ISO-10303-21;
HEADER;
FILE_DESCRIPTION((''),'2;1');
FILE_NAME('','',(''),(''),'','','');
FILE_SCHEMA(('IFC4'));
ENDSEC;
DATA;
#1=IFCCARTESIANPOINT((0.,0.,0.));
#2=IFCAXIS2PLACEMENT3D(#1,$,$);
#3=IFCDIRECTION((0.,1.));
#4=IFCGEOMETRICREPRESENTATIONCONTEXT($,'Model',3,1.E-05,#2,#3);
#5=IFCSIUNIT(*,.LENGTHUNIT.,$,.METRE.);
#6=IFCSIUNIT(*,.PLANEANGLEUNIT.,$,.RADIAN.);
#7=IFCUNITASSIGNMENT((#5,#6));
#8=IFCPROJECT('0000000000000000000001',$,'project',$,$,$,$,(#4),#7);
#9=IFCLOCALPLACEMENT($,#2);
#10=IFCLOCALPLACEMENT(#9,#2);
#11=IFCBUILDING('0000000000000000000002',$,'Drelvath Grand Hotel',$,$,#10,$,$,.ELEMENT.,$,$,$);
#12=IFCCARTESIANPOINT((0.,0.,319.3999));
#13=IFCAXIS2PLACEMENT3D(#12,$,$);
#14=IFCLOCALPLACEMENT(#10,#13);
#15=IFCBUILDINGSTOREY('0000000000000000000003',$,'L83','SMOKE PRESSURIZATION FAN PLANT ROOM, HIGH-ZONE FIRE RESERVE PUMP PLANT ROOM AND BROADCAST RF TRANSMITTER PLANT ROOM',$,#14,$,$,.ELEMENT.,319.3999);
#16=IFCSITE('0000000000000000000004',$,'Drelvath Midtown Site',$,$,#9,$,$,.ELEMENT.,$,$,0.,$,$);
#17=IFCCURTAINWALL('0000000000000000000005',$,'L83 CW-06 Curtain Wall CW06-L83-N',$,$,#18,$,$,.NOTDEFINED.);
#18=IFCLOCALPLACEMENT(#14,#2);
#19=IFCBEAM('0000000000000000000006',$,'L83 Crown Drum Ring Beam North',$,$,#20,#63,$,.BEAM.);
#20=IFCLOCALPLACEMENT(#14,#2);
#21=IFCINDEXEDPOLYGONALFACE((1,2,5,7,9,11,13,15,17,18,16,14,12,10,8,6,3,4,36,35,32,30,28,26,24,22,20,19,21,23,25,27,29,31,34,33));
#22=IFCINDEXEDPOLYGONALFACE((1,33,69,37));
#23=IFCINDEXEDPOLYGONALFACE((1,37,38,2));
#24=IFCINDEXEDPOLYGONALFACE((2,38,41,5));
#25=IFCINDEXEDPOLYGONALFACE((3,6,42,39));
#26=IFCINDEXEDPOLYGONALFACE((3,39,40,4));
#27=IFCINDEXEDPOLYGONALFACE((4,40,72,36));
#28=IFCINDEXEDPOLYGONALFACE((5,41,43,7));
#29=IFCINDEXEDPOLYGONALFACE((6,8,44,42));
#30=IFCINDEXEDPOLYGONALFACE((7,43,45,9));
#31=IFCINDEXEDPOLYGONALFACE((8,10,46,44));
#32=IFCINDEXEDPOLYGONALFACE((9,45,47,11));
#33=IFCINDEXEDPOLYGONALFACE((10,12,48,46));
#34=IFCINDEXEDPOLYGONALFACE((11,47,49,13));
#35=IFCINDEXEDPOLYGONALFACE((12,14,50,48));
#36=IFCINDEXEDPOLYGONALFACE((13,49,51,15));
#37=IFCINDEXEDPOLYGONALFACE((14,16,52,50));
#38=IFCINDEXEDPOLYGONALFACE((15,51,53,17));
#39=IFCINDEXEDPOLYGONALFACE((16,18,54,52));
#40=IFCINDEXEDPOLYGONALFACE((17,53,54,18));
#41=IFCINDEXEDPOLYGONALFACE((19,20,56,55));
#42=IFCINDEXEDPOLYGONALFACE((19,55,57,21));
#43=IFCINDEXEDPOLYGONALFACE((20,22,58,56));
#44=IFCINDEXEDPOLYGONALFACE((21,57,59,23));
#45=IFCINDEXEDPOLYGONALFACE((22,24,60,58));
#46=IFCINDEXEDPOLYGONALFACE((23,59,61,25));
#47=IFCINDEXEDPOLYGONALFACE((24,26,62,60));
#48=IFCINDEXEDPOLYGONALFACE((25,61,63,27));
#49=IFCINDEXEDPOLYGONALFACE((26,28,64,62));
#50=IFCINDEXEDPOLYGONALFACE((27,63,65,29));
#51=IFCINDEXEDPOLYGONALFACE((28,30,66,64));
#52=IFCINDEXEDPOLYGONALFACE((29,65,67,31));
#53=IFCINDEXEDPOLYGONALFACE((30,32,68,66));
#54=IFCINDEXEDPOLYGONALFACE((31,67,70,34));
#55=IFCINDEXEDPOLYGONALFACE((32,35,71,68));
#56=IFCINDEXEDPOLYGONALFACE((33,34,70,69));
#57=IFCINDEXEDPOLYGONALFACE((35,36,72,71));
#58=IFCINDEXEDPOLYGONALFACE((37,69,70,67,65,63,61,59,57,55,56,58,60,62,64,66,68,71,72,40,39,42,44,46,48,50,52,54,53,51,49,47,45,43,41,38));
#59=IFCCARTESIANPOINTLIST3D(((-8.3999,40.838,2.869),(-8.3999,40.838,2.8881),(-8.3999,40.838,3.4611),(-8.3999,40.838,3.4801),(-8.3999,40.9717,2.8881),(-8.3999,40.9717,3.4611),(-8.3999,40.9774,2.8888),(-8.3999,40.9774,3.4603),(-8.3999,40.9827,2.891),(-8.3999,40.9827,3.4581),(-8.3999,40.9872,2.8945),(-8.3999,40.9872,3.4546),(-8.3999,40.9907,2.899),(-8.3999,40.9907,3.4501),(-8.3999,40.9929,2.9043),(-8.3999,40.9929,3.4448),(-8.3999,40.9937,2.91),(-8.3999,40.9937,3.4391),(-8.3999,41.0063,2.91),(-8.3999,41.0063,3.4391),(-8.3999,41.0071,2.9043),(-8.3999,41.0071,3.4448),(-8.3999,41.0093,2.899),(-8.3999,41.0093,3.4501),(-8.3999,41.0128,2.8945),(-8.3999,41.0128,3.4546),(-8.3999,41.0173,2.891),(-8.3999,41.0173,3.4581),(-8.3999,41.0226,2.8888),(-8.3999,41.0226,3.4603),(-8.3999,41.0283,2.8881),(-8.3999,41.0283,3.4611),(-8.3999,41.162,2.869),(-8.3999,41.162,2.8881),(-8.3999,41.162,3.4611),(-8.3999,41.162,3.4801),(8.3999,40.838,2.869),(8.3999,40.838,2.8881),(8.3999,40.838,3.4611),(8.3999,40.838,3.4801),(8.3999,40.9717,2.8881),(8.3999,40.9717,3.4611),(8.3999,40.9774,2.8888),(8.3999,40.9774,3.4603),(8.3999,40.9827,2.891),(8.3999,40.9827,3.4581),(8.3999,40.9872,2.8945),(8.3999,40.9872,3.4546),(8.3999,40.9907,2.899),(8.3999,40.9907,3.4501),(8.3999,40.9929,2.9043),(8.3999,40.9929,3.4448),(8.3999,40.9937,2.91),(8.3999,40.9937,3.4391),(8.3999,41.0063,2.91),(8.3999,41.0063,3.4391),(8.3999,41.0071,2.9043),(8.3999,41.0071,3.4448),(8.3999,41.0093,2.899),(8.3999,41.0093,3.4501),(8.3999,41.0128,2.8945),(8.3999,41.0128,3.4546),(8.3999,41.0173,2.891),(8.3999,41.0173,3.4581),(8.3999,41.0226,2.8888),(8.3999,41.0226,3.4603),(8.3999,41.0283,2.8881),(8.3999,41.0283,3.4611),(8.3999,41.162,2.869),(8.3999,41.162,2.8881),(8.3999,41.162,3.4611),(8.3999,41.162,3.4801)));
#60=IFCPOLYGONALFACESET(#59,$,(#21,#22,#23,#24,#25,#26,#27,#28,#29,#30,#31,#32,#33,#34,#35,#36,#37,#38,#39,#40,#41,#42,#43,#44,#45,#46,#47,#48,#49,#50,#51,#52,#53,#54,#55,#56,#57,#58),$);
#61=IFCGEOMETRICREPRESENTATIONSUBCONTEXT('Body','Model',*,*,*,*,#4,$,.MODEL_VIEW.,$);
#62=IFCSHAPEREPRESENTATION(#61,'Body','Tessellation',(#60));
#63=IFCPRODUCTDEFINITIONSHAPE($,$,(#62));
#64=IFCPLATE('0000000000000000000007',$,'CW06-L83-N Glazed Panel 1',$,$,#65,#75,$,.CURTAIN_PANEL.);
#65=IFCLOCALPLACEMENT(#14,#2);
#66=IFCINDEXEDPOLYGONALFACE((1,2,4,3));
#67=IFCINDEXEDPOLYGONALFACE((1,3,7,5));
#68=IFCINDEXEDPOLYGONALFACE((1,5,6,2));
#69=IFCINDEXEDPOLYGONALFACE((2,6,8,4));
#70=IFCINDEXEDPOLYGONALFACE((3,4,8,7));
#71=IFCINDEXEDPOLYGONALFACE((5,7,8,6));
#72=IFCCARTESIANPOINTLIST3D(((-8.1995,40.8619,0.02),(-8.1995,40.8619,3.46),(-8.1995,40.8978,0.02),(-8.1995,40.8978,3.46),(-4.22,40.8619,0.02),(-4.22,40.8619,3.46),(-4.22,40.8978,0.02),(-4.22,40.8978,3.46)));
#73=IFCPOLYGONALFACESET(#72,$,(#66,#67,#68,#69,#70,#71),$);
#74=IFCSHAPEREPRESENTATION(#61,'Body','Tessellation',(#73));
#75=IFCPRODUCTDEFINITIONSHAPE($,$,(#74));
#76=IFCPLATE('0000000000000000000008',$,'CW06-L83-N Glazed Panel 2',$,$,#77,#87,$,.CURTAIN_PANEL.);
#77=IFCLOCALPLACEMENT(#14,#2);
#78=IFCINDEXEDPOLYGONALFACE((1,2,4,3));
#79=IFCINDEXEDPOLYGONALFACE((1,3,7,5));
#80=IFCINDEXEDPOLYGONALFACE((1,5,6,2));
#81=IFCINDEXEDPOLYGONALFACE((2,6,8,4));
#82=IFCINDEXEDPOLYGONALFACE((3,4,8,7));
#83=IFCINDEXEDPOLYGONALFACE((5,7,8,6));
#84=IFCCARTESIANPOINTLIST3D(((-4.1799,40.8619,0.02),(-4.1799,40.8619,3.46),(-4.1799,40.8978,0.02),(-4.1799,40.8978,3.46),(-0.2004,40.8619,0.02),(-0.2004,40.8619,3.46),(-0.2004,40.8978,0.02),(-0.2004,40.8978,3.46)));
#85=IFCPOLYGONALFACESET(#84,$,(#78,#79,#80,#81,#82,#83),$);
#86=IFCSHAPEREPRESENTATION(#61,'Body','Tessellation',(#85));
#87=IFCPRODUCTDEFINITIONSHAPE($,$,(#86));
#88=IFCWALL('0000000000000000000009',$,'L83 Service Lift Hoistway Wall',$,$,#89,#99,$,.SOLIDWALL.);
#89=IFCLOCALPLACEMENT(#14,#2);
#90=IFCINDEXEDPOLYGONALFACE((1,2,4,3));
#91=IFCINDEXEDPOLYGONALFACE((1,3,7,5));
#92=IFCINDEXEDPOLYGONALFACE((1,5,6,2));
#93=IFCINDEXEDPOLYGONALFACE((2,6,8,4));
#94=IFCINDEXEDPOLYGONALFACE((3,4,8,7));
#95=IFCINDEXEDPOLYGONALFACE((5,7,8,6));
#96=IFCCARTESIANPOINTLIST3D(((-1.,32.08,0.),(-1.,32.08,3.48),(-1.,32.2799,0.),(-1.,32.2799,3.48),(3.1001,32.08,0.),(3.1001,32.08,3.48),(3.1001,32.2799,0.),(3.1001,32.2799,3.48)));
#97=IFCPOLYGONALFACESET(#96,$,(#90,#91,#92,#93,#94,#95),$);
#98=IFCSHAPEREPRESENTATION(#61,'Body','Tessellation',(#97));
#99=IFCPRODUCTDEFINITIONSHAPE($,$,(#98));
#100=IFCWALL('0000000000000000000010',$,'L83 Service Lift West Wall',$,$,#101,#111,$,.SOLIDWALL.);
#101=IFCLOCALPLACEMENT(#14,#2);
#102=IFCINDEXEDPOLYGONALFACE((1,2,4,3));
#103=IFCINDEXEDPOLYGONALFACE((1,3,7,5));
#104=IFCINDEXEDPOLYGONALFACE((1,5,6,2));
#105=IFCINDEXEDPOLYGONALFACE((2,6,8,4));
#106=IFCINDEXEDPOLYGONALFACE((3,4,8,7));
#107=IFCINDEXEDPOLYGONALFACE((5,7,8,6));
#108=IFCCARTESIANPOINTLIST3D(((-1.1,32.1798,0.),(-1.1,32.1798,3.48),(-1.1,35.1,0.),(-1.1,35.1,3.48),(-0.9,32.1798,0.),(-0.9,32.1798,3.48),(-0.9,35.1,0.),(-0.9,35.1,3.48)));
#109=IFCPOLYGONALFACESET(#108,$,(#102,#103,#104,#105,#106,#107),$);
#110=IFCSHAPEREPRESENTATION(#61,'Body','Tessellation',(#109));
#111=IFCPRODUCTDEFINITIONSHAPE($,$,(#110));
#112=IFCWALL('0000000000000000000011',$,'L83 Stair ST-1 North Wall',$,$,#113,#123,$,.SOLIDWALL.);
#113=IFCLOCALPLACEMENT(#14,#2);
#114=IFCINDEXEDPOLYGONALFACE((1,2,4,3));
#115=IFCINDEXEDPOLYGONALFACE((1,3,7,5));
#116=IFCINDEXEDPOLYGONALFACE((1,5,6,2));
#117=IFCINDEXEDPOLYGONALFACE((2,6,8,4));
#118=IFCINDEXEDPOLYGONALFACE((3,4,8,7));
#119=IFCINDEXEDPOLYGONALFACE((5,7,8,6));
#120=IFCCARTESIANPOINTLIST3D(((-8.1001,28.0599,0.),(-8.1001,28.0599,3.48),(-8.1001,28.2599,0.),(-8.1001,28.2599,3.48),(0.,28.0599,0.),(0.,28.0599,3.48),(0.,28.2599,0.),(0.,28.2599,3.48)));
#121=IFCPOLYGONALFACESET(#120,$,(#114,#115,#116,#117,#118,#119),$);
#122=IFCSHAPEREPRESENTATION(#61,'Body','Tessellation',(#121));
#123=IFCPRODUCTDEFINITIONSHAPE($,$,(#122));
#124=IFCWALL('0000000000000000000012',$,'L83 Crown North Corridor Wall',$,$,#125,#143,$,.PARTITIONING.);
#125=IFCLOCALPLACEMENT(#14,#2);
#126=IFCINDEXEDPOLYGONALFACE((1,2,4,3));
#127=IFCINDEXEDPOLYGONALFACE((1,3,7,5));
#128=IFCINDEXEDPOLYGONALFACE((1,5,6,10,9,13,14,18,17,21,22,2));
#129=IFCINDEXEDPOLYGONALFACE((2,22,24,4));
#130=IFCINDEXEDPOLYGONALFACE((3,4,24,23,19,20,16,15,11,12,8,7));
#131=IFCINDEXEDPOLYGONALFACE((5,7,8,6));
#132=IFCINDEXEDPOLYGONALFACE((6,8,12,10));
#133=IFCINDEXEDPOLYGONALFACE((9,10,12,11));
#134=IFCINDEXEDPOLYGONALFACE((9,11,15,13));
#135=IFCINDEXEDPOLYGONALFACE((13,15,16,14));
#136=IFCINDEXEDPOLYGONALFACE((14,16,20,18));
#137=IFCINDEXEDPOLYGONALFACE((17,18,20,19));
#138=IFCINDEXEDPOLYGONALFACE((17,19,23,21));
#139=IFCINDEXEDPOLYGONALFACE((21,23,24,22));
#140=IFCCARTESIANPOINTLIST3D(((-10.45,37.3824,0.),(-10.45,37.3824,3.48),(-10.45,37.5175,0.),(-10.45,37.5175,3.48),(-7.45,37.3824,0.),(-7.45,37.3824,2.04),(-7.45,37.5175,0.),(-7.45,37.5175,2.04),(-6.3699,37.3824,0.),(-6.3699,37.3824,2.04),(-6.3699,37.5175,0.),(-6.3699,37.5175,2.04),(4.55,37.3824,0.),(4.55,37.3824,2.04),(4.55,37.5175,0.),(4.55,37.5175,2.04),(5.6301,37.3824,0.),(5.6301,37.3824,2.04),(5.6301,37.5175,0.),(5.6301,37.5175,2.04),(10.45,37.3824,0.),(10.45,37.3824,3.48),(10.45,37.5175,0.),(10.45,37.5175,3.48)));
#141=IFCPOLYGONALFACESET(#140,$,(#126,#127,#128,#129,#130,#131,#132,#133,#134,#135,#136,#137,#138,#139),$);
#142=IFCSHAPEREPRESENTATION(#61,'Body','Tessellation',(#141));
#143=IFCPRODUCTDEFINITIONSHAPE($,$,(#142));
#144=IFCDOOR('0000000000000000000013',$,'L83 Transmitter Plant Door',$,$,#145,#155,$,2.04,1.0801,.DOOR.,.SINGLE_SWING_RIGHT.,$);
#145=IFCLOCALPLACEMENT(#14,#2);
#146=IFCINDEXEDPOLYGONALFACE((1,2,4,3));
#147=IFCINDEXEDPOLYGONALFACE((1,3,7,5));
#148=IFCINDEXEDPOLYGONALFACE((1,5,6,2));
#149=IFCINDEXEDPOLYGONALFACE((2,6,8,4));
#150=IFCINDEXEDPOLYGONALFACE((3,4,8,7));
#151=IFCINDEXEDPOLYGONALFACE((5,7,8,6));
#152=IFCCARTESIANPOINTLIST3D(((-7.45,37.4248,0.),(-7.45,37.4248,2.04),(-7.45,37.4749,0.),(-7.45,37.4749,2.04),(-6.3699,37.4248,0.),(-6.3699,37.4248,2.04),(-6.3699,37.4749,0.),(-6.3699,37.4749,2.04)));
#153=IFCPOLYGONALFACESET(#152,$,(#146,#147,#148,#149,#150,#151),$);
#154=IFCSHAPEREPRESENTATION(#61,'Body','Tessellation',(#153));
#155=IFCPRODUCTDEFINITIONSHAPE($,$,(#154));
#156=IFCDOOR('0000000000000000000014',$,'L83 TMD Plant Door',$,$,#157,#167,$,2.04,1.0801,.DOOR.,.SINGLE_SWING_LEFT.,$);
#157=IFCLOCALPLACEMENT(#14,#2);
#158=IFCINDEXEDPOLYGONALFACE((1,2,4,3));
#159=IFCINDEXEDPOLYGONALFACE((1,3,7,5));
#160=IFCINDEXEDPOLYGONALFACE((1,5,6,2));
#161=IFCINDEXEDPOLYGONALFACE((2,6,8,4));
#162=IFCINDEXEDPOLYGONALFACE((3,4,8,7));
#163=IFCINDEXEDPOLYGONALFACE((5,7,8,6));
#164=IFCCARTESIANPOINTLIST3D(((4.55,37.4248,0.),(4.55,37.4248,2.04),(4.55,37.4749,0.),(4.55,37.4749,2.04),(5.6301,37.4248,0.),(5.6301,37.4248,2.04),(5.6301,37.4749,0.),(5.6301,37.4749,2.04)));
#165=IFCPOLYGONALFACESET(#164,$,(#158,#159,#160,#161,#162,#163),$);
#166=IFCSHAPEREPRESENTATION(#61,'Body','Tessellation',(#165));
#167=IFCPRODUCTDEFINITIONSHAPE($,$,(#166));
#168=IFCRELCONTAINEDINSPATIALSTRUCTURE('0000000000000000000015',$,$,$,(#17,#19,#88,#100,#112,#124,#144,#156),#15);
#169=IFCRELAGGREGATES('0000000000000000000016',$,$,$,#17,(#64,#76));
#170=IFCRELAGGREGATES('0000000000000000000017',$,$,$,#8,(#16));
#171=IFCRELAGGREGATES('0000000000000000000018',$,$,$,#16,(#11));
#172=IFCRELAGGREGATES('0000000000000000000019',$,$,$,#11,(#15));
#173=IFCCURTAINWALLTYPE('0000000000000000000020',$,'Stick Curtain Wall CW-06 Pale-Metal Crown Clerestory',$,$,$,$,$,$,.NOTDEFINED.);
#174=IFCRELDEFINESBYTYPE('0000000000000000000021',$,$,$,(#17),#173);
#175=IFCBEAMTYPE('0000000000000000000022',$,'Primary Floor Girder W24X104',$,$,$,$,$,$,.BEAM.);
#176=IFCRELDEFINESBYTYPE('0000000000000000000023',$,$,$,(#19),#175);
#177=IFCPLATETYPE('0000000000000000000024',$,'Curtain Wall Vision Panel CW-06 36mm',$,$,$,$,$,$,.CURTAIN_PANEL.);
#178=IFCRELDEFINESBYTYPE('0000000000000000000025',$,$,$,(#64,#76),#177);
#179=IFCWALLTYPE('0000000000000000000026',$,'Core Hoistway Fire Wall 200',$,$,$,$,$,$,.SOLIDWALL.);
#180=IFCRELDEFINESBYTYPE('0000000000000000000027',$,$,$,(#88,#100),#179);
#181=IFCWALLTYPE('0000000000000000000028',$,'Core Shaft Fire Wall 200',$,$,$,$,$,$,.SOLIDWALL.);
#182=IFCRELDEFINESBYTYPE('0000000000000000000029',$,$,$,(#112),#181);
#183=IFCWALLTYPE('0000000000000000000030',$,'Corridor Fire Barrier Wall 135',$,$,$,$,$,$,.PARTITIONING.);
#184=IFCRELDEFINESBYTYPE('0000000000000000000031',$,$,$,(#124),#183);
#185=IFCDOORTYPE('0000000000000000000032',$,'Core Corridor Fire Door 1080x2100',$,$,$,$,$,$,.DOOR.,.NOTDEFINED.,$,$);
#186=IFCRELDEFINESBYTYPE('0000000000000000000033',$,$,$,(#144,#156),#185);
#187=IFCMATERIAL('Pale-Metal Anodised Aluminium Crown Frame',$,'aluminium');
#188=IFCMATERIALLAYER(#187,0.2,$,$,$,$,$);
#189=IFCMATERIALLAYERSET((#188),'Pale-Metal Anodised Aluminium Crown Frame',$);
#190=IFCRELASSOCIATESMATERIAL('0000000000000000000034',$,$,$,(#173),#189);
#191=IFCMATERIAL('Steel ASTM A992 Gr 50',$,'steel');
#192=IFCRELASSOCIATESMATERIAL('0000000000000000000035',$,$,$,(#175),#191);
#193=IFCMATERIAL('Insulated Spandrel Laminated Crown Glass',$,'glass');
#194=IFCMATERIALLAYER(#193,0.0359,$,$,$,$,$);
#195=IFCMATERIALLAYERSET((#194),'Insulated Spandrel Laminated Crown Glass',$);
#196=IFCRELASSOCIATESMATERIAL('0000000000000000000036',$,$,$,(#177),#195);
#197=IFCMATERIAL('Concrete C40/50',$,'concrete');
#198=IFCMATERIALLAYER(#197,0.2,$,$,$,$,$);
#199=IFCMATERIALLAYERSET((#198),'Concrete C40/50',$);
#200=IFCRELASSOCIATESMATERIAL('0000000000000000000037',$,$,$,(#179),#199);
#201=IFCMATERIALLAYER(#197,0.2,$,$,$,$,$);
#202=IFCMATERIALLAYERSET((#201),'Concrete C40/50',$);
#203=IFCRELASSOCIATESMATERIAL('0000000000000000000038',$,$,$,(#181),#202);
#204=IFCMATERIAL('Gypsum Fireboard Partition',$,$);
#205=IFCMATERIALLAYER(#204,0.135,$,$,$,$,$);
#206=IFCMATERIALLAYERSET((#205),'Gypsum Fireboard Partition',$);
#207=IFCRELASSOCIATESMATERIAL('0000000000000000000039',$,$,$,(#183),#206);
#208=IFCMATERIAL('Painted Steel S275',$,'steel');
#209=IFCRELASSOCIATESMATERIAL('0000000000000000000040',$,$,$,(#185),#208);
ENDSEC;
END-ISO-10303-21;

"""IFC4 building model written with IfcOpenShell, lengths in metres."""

from ifc_helpers import new_model, si_unit, direction, frame, frame_2d, origin, origin_2d, place, context, subcontext, project, spatial, rectangle, i_section, extrude, material, layer, layer_set, material_profile, profile_set, type_object, element, fill, aggregate, save


model = new_model("IFC4")

# Units and contexts
model_context = context("Model", 3, precision=1e-05, world=origin(), true_north=direction((0.0, 1.0)))
body_context = subcontext(model_context, "Body", "Model", "MODEL_VIEW")
ifc_project = project(units=[si_unit("LENGTHUNIT", "METRE"), si_unit("PLANEANGLEUNIT", "RADIAN")], contexts=[model_context])

# Site, building, storey
site_placement = place(None, origin())
site = spatial("IfcSite", under=ifc_project, at=site_placement, Name="Drelvath Midtown Site", CompositionType="ELEMENT", RefElevation=0.0)
building_placement = place(site_placement, origin())
building = spatial("IfcBuilding", under=site, at=building_placement, Name="Drelvath Grand Hotel", CompositionType="ELEMENT")
storey_placement = place(building_placement, frame((0.0, 0.0, 319.3999)))
storey = spatial("IfcBuildingStorey", under=building, at=storey_placement, Name="L83", Description="SMOKE PRESSURIZATION FAN PLANT ROOM, HIGH-ZONE FIRE RESERVE PUMP PLANT ROOM AND BROADCAST RF TRANSMITTER PLANT ROOM", CompositionType="ELEMENT", Elevation=319.3999)

# Curtain wall
ifc_material_1 = material(Name="Pale-Metal Anodised Aluminium Crown Frame", Category="aluminium")
ifc_layer_1 = layer(ifc_material_1, 0.2)
ifc_layer_set_1 = layer_set([ifc_layer_1], Name="Pale-Metal Anodised Aluminium Crown Frame")
curtain_wall_type = type_object("IfcCurtainWallType", Name="Stick Curtain Wall CW-06 Pale-Metal Crown Clerestory", PredefinedType="NOTDEFINED", material=ifc_layer_set_1)
curtain_wall_1_placement = place(storey_placement, origin())
curtain_wall_1 = element("IfcCurtainWall", 1, at=curtain_wall_1_placement, inside=storey, type_object=curtain_wall_type, Name="L83 CW-06 Curtain Wall CW06-L83-N", PredefinedType="NOTDEFINED")

# Beam
ifc_material_2 = material(Name="Steel ASTM A992 Gr 50", Category="steel")
ifc_material_profile_1 = material_profile(ifc_material_2, i_section(OverallWidth=0.324, OverallDepth=0.6111, WebThickness=0.0127, FlangeThickness=0.019, FilletRadius=0.022, at=origin_2d()), Name="W24X104")
ifc_profile_set_1 = profile_set([ifc_material_profile_1], Name="Steel ASTM A992 Gr 50")
beam_type_1 = type_object("IfcBeamType", Name="Primary Floor Girder W24X104", PredefinedType="BEAM", material=ifc_profile_set_1)
beam_1_placement = place(storey_placement, frame((-8.3999, 41.0, 3.1746), z_axis=(1.0, 0.0, 0.0), x_axis=(0.0, 1.0, 0.0)))
element("IfcBeam", 2, at=beam_1_placement, inside=storey, type_object=beam_type_1, Name="L83 Crown Drum Ring Beam North", PredefinedType="BEAM", context=body_context, shape_type="SweptSolid", body=[
    extrude(i_section(OverallWidth=0.324, OverallDepth=0.6111, WebThickness=0.0127, FlangeThickness=0.019, FilletRadius=0.022, at=origin_2d()), origin(), (0.0, 0.0, 1.0), 16.7998),
])

# Plates
ifc_material_3 = material(Name="Insulated Spandrel Laminated Crown Glass", Category="glass")
ifc_layer_2 = layer(ifc_material_3, 0.0359)
ifc_layer_set_2 = layer_set([ifc_layer_2], Name="Insulated Spandrel Laminated Crown Glass")
plate_type = type_object("IfcPlateType", Name="Curtain Wall Vision Panel CW-06 36mm", PredefinedType="CURTAIN_PANEL", material=ifc_layer_set_2)
plate_1_placement = place(storey_placement, frame((-6.2097, 40.8799, 0.02), z_axis=(0.0, 0.0, 1.0), x_axis=(1.0, 0.0, 0.0)))
plate_1 = element("IfcPlate", 3, at=plate_1_placement, type_object=plate_type, Name="CW06-L83-N Glazed Panel 1", PredefinedType="CURTAIN_PANEL", context=body_context, shape_type="SweptSolid", body=[
    extrude(rectangle(XDim=3.9795, YDim=0.0359, at=origin_2d()), origin(), (0.0, 0.0, 1.0), 3.4399),
])
plate_2_placement = place(storey_placement, frame((-2.1902, 40.8799, 0.02), z_axis=(0.0, 0.0, 1.0), x_axis=(1.0, 0.0, 0.0)))
plate_2 = element("IfcPlate", 4, at=plate_2_placement, type_object=plate_type, Name="CW06-L83-N Glazed Panel 2", PredefinedType="CURTAIN_PANEL", context=body_context, shape_type="SweptSolid", body=[
    extrude(rectangle(XDim=3.9795, YDim=0.0359, at=origin_2d()), origin(), (0.0, 0.0, 1.0), 3.4399),
])
aggregate(curtain_wall_1, [plate_1, plate_2])

# Walls
ifc_material_4 = material(Name="Concrete C40/50", Category="concrete")
ifc_layer_3 = layer(ifc_material_4, 0.2)
ifc_layer_set_3 = layer_set([ifc_layer_3], Name="Concrete C40/50")
wall_type_1 = type_object("IfcWallType", Name="Core Hoistway Fire Wall 200", PredefinedType="SOLIDWALL", material=ifc_layer_set_3)
wall_1_placement = place(storey_placement, frame((-1.0, 32.1799, 0.0), z_axis=(0.0, 0.0, 1.0), x_axis=(1.0, 0.0, 0.0)))
element("IfcWall", 5, at=wall_1_placement, inside=storey, type_object=wall_type_1, Name="L83 Service Lift Hoistway Wall", PredefinedType="SOLIDWALL", context=body_context, shape_type="SweptSolid", body=[
    extrude(rectangle(XDim=4.1001, YDim=0.2, at=frame_2d((2.05, 0.0))), origin(), (0.0, 0.0, 1.0), 3.48),
])
wall_2_placement = place(storey_placement, frame((-1.0, 32.1799, 0.0), z_axis=(0.0, 0.0, 1.0), x_axis=(0.0, 1.0, 0.0)))
element("IfcWall", 6, at=wall_2_placement, inside=storey, type_object=wall_type_1, Name="L83 Service Lift West Wall", PredefinedType="SOLIDWALL", context=body_context, shape_type="SweptSolid", body=[
    extrude(rectangle(XDim=2.9202, YDim=0.2, at=frame_2d((1.46, 0.0))), origin(), (0.0, 0.0, 1.0), 3.48),
])
ifc_layer_4 = layer(ifc_material_4, 0.2)
ifc_layer_set_4 = layer_set([ifc_layer_4], Name="Concrete C40/50")
wall_type_2 = type_object("IfcWallType", Name="Core Shaft Fire Wall 200", PredefinedType="SOLIDWALL", material=ifc_layer_set_4)
wall_3_placement = place(storey_placement, frame((-8.1001, 28.1599, 0.0), z_axis=(0.0, 0.0, 1.0), x_axis=(1.0, 0.0, 0.0)))
element("IfcWall", 7, at=wall_3_placement, inside=storey, type_object=wall_type_2, Name="L83 Stair ST-1 North Wall", PredefinedType="SOLIDWALL", context=body_context, shape_type="SweptSolid", body=[
    extrude(rectangle(XDim=8.1001, YDim=0.2, at=frame_2d((4.05, 0.0))), origin(), (0.0, 0.0, 1.0), 3.48),
])

# Wall, openings, doors
ifc_material_5 = material(Name="Gypsum Fireboard Partition")
ifc_layer_5 = layer(ifc_material_5, 0.135)
ifc_layer_set_5 = layer_set([ifc_layer_5], Name="Gypsum Fireboard Partition")
wall_type_3 = type_object("IfcWallType", Name="Corridor Fire Barrier Wall 135", PredefinedType="PARTITIONING", material=ifc_layer_set_5)
wall_4_placement = place(storey_placement, frame((-10.45, 37.45, 0.0), z_axis=(0.0, 0.0, 1.0), x_axis=(1.0, 0.0, 0.0)))
wall_4 = element("IfcWall", 8, at=wall_4_placement, inside=storey, type_object=wall_type_3, Name="L83 Crown North Corridor Wall", PredefinedType="PARTITIONING", context=body_context, shape_type="SweptSolid", body=[
    extrude(rectangle(XDim=20.8999, YDim=0.135, at=frame_2d((10.45, 0.0))), origin(), (0.0, 0.0, 1.0), 3.48),
])
opening_1_placement = place(wall_4_placement, frame((3.0, 0.0, 0.0)))
opening_1 = element("IfcOpeningElement", 9, at=opening_1_placement, cuts=wall_4, PredefinedType="OPENING", context=body_context, shape_type="SweptSolid", body=[
    extrude(rectangle(XDim=1.0801, YDim=2.04, at=frame_2d((0.54, 1.02))), frame((0.0, 0.0774, 0.0), z_axis=(0.0, -1.0, 0.0), x_axis=(1.0, 0.0, 0.0)), (0.0, 0.0, 1.0), 0.155),
])
opening_2_placement = place(wall_4_placement, frame((15.0, 0.0, 0.0)))
opening_2 = element("IfcOpeningElement", 10, at=opening_2_placement, cuts=wall_4, PredefinedType="OPENING", context=body_context, shape_type="SweptSolid", body=[
    extrude(rectangle(XDim=1.0801, YDim=2.04, at=frame_2d((0.54, 1.02))), frame((0.0, 0.0774, 0.0), z_axis=(0.0, -1.0, 0.0), x_axis=(1.0, 0.0, 0.0)), (0.0, 0.0, 1.0), 0.155),
])
ifc_material_6 = material(Name="Painted Steel S275", Category="steel")
door_type_1 = type_object("IfcDoorType", Name="Core Corridor Fire Door 1080x2100", OperationType="NOTDEFINED", PredefinedType="DOOR", material=ifc_material_6)
door_1_placement = place(opening_1_placement, origin())
door_1 = element("IfcDoor", 11, at=door_1_placement, inside=storey, type_object=door_type_1, Name="L83 Transmitter Plant Door", OperationType="SINGLE_SWING_RIGHT", OverallHeight=2.04, OverallWidth=1.0801, PredefinedType="DOOR", context=body_context, shape_type="SweptSolid", body=[
    extrude(rectangle(XDim=1.0801, YDim=2.04, at=frame_2d((0.54, 1.02))), frame((0.0, 0.0249, 0.0), z_axis=(0.0, -1.0, 0.0), x_axis=(1.0, 0.0, 0.0)), (0.0, 0.0, 1.0), 0.05),
])
fill(opening_1, door_1)
door_2_placement = place(opening_2_placement, origin())
door_2 = element("IfcDoor", 12, at=door_2_placement, inside=storey, type_object=door_type_1, Name="L83 TMD Plant Door", OperationType="SINGLE_SWING_LEFT", OverallHeight=2.04, OverallWidth=1.0801, PredefinedType="DOOR", context=body_context, shape_type="SweptSolid", body=[
    extrude(rectangle(XDim=1.0801, YDim=2.04, at=frame_2d((0.54, 1.02))), frame((0.0, 0.0249, 0.0), z_axis=(0.0, -1.0, 0.0), x_axis=(1.0, 0.0, 0.0)), (0.0, 0.0, 1.0), 0.05),
])
fill(opening_2, door_2)

save(model, "model.ifc")
